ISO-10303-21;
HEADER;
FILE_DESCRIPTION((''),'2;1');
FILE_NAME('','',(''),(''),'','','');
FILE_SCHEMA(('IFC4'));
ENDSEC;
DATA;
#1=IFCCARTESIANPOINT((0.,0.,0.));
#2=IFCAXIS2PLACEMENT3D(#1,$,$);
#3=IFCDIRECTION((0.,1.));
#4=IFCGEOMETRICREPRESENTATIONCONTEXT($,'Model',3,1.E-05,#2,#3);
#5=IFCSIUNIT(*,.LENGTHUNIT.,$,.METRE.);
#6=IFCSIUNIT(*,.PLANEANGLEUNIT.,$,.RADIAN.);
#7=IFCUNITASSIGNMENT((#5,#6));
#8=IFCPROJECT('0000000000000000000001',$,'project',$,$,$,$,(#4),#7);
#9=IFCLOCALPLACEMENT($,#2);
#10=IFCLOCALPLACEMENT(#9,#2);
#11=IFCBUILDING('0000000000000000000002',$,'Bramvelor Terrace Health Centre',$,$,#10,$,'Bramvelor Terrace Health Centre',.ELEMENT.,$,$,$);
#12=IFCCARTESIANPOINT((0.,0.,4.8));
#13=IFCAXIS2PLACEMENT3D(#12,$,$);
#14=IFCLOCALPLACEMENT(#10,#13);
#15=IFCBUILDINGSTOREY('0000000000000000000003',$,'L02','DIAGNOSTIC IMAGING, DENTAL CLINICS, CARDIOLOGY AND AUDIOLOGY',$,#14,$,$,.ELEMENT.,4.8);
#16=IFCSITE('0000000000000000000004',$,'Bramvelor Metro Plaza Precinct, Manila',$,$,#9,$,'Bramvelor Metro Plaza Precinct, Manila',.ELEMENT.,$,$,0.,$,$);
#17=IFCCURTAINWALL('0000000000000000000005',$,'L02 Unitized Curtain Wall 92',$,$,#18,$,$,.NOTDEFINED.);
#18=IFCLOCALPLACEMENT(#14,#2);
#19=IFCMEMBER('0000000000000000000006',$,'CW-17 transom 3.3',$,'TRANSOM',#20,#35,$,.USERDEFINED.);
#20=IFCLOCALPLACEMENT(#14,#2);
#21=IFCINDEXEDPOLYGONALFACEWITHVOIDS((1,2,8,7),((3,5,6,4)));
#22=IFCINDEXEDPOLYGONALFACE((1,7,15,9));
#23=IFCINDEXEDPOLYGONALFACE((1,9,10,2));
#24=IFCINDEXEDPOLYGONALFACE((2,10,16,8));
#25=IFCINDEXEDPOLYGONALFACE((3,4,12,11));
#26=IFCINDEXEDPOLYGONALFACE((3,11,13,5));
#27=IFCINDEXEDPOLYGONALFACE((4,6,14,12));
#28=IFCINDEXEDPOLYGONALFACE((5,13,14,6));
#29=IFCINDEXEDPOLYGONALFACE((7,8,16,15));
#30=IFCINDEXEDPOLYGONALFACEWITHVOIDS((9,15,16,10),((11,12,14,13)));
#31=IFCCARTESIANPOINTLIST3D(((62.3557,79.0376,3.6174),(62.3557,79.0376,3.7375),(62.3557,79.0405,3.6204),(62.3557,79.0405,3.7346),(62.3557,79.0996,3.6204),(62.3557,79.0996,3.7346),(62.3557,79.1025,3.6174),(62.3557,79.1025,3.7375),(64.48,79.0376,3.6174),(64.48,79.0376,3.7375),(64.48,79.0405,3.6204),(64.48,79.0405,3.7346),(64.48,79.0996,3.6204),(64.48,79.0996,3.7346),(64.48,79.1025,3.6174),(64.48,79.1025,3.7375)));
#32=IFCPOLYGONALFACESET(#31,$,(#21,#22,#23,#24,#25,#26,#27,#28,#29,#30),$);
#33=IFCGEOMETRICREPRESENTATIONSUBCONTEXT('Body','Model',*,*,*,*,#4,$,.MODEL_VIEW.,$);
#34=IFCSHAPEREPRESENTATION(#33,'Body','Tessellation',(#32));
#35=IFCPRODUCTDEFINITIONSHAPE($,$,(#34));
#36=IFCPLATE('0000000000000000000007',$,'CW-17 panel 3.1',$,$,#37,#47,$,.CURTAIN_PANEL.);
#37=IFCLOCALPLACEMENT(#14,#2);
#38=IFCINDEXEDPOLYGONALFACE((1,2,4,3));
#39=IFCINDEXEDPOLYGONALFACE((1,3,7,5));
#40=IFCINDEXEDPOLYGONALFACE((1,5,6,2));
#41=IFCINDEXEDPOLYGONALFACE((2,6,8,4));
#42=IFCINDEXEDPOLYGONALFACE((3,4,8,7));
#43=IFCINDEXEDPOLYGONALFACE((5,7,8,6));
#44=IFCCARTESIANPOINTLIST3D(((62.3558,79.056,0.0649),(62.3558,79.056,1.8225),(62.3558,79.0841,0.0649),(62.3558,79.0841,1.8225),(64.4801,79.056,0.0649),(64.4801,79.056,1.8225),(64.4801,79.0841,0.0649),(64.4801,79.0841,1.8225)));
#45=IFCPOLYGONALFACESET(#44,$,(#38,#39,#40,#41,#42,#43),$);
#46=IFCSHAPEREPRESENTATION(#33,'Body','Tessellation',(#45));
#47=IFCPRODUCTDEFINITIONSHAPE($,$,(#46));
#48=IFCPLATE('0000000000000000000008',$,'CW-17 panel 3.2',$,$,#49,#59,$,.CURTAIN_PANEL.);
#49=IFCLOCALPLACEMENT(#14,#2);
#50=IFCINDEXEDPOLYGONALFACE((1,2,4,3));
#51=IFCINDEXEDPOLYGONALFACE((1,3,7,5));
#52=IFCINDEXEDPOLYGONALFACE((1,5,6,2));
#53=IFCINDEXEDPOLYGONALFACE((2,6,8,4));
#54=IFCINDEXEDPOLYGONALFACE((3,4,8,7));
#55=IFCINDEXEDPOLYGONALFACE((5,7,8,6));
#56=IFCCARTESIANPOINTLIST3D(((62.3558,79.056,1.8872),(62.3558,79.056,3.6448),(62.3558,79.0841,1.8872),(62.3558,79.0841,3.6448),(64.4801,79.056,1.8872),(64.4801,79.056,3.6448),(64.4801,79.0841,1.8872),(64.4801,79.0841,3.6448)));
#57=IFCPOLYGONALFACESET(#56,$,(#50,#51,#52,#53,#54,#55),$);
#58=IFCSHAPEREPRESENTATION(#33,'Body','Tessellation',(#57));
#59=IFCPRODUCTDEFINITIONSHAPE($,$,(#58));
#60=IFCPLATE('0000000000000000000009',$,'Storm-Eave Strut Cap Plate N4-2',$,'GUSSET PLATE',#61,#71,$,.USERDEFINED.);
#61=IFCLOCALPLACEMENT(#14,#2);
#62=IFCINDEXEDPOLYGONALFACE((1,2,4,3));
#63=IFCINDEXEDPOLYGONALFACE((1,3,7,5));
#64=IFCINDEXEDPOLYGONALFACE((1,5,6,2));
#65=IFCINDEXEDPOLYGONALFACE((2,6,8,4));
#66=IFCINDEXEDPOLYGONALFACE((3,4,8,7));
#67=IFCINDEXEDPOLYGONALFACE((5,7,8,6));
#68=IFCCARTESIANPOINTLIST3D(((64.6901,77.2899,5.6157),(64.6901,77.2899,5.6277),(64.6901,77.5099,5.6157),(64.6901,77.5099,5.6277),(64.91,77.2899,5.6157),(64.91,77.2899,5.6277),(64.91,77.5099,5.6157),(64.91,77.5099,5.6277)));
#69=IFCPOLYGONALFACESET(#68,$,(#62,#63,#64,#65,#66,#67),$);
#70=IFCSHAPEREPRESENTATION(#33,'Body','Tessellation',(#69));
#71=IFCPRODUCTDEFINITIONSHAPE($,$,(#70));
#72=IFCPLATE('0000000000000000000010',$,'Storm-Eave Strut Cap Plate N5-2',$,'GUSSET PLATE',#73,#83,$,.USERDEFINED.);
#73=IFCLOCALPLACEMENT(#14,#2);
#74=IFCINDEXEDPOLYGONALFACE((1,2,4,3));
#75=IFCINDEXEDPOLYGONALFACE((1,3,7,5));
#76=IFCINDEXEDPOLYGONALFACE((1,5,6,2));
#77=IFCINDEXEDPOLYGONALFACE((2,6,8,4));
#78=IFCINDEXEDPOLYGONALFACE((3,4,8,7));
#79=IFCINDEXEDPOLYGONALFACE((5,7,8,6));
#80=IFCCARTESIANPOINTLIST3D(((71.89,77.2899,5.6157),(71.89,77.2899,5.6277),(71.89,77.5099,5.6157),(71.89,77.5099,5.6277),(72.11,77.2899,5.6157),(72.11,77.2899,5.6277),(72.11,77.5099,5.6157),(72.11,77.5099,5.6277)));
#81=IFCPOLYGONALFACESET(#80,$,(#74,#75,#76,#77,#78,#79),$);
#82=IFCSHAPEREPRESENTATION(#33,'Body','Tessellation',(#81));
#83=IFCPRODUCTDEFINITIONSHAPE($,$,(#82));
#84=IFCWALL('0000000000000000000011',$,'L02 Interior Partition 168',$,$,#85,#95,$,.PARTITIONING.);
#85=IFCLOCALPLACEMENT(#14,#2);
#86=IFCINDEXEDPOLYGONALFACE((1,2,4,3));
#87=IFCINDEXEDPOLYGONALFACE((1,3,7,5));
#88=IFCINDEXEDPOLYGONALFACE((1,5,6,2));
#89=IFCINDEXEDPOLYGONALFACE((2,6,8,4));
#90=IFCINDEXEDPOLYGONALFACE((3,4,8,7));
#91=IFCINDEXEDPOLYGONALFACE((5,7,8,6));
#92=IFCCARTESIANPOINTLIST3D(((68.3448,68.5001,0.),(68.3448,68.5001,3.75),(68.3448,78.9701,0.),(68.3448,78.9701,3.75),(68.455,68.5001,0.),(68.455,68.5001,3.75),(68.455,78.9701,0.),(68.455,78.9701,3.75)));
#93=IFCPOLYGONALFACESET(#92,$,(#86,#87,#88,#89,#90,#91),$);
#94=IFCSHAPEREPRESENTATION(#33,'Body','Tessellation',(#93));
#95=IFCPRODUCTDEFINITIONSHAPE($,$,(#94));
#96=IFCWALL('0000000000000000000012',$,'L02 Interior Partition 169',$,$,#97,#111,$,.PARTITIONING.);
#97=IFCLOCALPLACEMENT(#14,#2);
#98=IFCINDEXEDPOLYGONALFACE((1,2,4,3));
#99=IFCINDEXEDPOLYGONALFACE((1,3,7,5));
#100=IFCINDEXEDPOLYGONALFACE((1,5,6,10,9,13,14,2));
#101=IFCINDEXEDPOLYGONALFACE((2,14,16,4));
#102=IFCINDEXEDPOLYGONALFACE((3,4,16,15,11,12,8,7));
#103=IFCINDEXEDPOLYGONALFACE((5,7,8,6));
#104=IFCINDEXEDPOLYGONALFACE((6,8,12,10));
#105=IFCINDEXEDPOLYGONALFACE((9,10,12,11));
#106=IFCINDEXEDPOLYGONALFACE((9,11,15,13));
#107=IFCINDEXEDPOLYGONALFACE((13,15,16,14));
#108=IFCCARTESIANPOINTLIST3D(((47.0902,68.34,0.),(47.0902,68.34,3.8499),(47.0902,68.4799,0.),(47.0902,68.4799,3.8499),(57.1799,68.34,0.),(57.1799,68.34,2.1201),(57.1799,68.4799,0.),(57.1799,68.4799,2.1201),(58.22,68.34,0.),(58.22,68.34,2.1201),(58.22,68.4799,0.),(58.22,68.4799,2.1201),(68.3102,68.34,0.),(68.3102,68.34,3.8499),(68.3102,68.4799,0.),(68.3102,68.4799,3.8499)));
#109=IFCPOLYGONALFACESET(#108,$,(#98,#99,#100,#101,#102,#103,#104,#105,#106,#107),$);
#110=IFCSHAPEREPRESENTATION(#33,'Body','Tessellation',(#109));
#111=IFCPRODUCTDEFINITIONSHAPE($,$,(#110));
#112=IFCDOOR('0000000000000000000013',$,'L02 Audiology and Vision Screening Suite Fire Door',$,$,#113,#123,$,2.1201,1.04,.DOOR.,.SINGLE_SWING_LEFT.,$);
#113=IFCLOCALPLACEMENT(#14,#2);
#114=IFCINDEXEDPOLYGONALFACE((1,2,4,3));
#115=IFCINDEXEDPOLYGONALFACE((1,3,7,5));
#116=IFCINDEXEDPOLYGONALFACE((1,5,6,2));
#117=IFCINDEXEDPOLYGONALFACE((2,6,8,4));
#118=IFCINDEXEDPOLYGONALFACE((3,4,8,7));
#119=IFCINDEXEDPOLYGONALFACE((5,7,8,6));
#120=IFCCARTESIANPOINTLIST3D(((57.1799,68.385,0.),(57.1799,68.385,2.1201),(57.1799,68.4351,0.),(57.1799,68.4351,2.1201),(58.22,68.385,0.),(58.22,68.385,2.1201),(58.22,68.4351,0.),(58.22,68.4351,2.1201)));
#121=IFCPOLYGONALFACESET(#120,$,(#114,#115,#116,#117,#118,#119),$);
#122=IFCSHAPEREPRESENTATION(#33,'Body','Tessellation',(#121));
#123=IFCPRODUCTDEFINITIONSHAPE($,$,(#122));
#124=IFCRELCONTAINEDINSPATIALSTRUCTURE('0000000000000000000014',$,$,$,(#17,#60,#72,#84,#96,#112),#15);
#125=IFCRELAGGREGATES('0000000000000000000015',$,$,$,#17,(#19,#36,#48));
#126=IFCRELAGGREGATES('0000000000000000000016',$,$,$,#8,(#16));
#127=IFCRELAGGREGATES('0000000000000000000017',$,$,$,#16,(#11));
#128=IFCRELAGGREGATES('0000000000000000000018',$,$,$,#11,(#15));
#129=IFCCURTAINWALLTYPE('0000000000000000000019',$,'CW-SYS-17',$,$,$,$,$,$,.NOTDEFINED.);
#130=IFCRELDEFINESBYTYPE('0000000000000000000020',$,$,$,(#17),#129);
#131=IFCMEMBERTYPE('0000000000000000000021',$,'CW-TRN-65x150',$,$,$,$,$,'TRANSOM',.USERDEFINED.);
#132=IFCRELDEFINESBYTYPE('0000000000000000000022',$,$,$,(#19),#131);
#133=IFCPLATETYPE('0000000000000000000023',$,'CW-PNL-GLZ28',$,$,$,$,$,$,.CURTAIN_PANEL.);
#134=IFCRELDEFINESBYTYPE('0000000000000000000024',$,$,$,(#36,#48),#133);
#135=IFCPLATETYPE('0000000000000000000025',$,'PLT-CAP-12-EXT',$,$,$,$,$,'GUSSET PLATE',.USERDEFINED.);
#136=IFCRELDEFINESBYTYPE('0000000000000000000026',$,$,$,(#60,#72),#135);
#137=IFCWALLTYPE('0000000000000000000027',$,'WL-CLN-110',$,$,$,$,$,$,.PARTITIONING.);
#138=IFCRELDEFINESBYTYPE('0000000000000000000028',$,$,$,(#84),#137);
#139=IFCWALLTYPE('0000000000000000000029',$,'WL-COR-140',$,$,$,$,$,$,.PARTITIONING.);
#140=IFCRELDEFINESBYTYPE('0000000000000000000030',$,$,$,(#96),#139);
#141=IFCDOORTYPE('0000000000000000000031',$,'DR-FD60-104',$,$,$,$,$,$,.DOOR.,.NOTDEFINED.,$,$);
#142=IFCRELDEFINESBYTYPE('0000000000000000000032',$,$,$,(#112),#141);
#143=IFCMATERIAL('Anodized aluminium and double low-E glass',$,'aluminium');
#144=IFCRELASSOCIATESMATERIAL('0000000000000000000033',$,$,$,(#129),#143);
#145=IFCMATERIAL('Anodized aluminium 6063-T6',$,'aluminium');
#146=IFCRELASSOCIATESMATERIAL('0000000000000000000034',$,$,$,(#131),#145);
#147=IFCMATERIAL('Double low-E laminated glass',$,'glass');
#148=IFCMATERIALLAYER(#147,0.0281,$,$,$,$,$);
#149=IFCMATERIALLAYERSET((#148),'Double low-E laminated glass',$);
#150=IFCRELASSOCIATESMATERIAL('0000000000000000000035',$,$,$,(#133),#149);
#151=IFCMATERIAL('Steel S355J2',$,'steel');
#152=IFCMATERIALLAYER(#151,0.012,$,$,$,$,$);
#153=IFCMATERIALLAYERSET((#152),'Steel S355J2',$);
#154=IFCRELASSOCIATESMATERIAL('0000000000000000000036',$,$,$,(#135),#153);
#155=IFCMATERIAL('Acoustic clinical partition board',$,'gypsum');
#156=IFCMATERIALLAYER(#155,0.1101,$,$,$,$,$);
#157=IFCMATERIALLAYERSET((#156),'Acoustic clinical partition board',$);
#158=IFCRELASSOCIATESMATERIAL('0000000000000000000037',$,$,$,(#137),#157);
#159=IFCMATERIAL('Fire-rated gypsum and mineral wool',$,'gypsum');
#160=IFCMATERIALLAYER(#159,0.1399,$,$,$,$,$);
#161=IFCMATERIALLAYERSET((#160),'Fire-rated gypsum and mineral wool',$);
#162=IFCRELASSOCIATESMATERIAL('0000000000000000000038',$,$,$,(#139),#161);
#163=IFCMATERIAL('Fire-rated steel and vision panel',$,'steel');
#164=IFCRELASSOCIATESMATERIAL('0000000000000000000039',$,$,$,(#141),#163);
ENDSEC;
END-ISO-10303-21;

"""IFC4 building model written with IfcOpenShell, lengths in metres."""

from ifc_helpers import new_model, si_unit, direction, frame, frame_2d, origin, origin_2d, place, context, subcontext, project, spatial, rectangle, hollow_rectangle, extrude, material, layer, layer_set, material_profile, profile_set, type_object, element, fill, aggregate, save


model = new_model("IFC4")

# Units and contexts
model_context = context("Model", 3, precision=1e-05, world=origin(), true_north=direction((0.0, 1.0)))
body_context = subcontext(model_context, "Body", "Model", "MODEL_VIEW")
ifc_project = project(units=[si_unit("LENGTHUNIT", "METRE"), si_unit("PLANEANGLEUNIT", "RADIAN")], contexts=[model_context])

# Site, building, storey
site_placement = place(None, origin())
site = spatial("IfcSite", under=ifc_project, at=site_placement, Name="Bramvelor Metro Plaza Precinct, Manila", LongName="Bramvelor Metro Plaza Precinct, Manila", CompositionType="ELEMENT", RefElevation=0.0)
building_placement = place(site_placement, origin())
building = spatial("IfcBuilding", under=site, at=building_placement, Name="Bramvelor Terrace Health Centre", LongName="Bramvelor Terrace Health Centre", CompositionType="ELEMENT")
storey_placement = place(building_placement, frame((0.0, 0.0, 4.8)))
storey = spatial("IfcBuildingStorey", under=building, at=storey_placement, Name="L02", Description="DIAGNOSTIC IMAGING, DENTAL CLINICS, CARDIOLOGY AND AUDIOLOGY", CompositionType="ELEMENT", Elevation=4.8)

# Curtain wall, member, plates
ifc_material_1 = material(Name="Anodized aluminium and double low-E glass", Category="aluminium")
curtain_wall_type = type_object("IfcCurtainWallType", Name="CW-SYS-17", PredefinedType="NOTDEFINED", material=ifc_material_1)
curtain_wall_placement = place(storey_placement, origin())
curtain_wall = element("IfcCurtainWall", 1, at=curtain_wall_placement, inside=storey, type_object=curtain_wall_type, Name="L02 Unitized Curtain Wall 92", PredefinedType="NOTDEFINED")
ifc_material_2 = material(Name="Anodized aluminium 6063-T6", Category="aluminium")
ifc_material_profile_1 = material_profile(ifc_material_2, hollow_rectangle(XDim=0.0649, YDim=0.1201, WallThickness=0.0029, at=origin_2d()), Name="ALU-TRN 65x120x3.0")
ifc_profile_set_1 = profile_set([ifc_material_profile_1], Name="Anodized aluminium 6063-T6")
member_type_1 = type_object("IfcMemberType", Name="CW-TRN-65x150", ElementType="TRANSOM", PredefinedType="USERDEFINED", material=ifc_profile_set_1)
member_1_placement = place(storey_placement, frame((62.3557, 79.0701, 3.6775), z_axis=(1.0, 0.0, 0.0), x_axis=(0.0, 1.0, 0.0)))
member_1 = element("IfcMember", 2, at=member_1_placement, type_object=member_type_1, Name="CW-17 transom 3.3", ObjectType="TRANSOM", PredefinedType="USERDEFINED", context=body_context, shape_type="SweptSolid", body=[
    extrude(hollow_rectangle(XDim=0.0649, YDim=0.1201, WallThickness=0.0029, at=origin_2d()), origin(), (0.0, 0.0, 1.0), 2.1243),
])
ifc_material_3 = material(Name="Double low-E laminated glass", Category="glass")
ifc_layer_1 = layer(ifc_material_3, 0.0281)
ifc_layer_set_1 = layer_set([ifc_layer_1], Name="Double low-E laminated glass")
plate_type_1 = type_object("IfcPlateType", Name="CW-PNL-GLZ28", PredefinedType="CURTAIN_PANEL", material=ifc_layer_set_1)
plate_1_placement = place(storey_placement, frame((63.418, 79.0701, 0.0649), z_axis=(0.0, 0.0, 1.0), x_axis=(1.0, 0.0, 0.0)))
plate_1 = element("IfcPlate", 3, at=plate_1_placement, type_object=plate_type_1, Name="CW-17 panel 3.1", PredefinedType="CURTAIN_PANEL", context=body_context, shape_type="SweptSolid", body=[
    extrude(rectangle(XDim=2.1243, YDim=0.0281, at=origin_2d()), origin(), (0.0, 0.0, 1.0), 1.7576),
])
plate_2_placement = place(storey_placement, frame((63.418, 79.0701, 1.8872), z_axis=(0.0, 0.0, 1.0), x_axis=(1.0, 0.0, 0.0)))
plate_2 = element("IfcPlate", 4, at=plate_2_placement, type_object=plate_type_1, Name="CW-17 panel 3.2", PredefinedType="CURTAIN_PANEL", context=body_context, shape_type="SweptSolid", body=[
    extrude(rectangle(XDim=2.1243, YDim=0.0281, at=origin_2d()), origin(), (0.0, 0.0, 1.0), 1.7576),
])
aggregate(curtain_wall, [member_1, plate_1, plate_2])

# Plates
ifc_material_4 = material(Name="Steel S355J2", Category="steel")
ifc_layer_2 = layer(ifc_material_4, 0.012)
ifc_layer_set_2 = layer_set([ifc_layer_2], Name="Steel S355J2")
plate_type_2 = type_object("IfcPlateType", Name="PLT-CAP-12-EXT", ElementType="GUSSET PLATE", PredefinedType="USERDEFINED", material=ifc_layer_set_2)
for number, where, z_axis, x_axis, name in (
    (5, (64.8, 77.3999, 5.6157), (0.0, 0.0, 1.0), (1.0, 0.0, 0.0), "Storm-Eave Strut Cap Plate N4-2"),
    (6, (72.0, 77.3999, 5.6157), (0.0, 0.0, 1.0), (1.0, 0.0, 0.0), "Storm-Eave Strut Cap Plate N5-2"),
):
    element("IfcPlate", number, at=place(storey_placement, frame(where, z_axis=z_axis, x_axis=x_axis)), inside=storey, type_object=plate_type_2, Name=name, ObjectType="GUSSET PLATE", PredefinedType="USERDEFINED", context=body_context, shape_type="SweptSolid", body=[
        extrude(rectangle(XDim=0.22, YDim=0.22, at=origin_2d()), origin(), (0.0, 0.0, 1.0), 0.012),
    ])

# Wall
ifc_material_5 = material(Name="Acoustic clinical partition board", Category="gypsum")
ifc_layer_3 = layer(ifc_material_5, 0.1101)
ifc_layer_set_3 = layer_set([ifc_layer_3], Name="Acoustic clinical partition board")
wall_type_1 = type_object("IfcWallType", Name="WL-CLN-110", PredefinedType="PARTITIONING", material=ifc_layer_set_3)
wall_1_placement = place(storey_placement, frame((68.3999, 78.97, 0.0), z_axis=(0.0, 0.0, 1.0), x_axis=(0.0, -1.0, 0.0)))
element("IfcWall", 7, at=wall_1_placement, inside=storey, type_object=wall_type_1, Name="L02 Interior Partition 168", PredefinedType="PARTITIONING", context=body_context, shape_type="SweptSolid", body=[
    extrude(rectangle(XDim=10.47, YDim=0.1101, at=frame_2d((5.2349, 0.0))), origin(), (0.0, 0.0, 1.0), 3.75),
])

# Wall, opening, door
ifc_material_6 = material(Name="Fire-rated gypsum and mineral wool", Category="gypsum")
ifc_layer_4 = layer(ifc_material_6, 0.1399)
ifc_layer_set_4 = layer_set([ifc_layer_4], Name="Fire-rated gypsum and mineral wool")
wall_type_2 = type_object("IfcWallType", Name="WL-COR-140", PredefinedType="PARTITIONING", material=ifc_layer_set_4)
wall_2_placement = place(storey_placement, frame((68.3101, 68.4099, 0.0), z_axis=(0.0, 0.0, 1.0), x_axis=(-1.0, 0.0, 0.0)))
wall_2 = element("IfcWall", 8, at=wall_2_placement, inside=storey, type_object=wall_type_2, Name="L02 Interior Partition 169", PredefinedType="PARTITIONING", context=body_context, shape_type="SweptSolid", body=[
    extrude(rectangle(XDim=21.22, YDim=0.1399, at=frame_2d((10.6099, 0.0))), origin(), (0.0, 0.0, 1.0), 3.8499),
])
opening_placement = place(wall_2_placement, frame((10.0901, 0.0, 0.0)))
opening = element("IfcOpeningElement", 9, at=opening_placement, cuts=wall_2, PredefinedType="OPENING", context=body_context, shape_type="SweptSolid", body=[
    extrude(rectangle(XDim=1.04, YDim=2.1201, at=frame_2d((0.52, 1.0601))), frame((0.0, 0.0798, 0.0), z_axis=(0.0, -1.0, 0.0), x_axis=(1.0, 0.0, 0.0)), (0.0, 0.0, 1.0), 0.1599),
])
ifc_material_7 = material(Name="Fire-rated steel and vision panel", Category="steel")
door_type = type_object("IfcDoorType", Name="DR-FD60-104", OperationType="NOTDEFINED", PredefinedType="DOOR", material=ifc_material_7)
door_placement = place(opening_placement, origin())
door = element("IfcDoor", 10, at=door_placement, inside=storey, type_object=door_type, Name="L02 Audiology and Vision Screening Suite Fire Door", OperationType="SINGLE_SWING_LEFT", OverallHeight=2.1201, OverallWidth=1.04, PredefinedType="DOOR", context=body_context, shape_type="SweptSolid", body=[
    extrude(rectangle(XDim=1.04, YDim=2.1201, at=frame_2d((0.52, 1.0601))), frame((0.0, 0.0249, 0.0), z_axis=(0.0, -1.0, 0.0), x_axis=(1.0, 0.0, 0.0)), (0.0, 0.0, 1.0), 0.05),
])
fill(opening, door)

save(model, "model.ifc")
